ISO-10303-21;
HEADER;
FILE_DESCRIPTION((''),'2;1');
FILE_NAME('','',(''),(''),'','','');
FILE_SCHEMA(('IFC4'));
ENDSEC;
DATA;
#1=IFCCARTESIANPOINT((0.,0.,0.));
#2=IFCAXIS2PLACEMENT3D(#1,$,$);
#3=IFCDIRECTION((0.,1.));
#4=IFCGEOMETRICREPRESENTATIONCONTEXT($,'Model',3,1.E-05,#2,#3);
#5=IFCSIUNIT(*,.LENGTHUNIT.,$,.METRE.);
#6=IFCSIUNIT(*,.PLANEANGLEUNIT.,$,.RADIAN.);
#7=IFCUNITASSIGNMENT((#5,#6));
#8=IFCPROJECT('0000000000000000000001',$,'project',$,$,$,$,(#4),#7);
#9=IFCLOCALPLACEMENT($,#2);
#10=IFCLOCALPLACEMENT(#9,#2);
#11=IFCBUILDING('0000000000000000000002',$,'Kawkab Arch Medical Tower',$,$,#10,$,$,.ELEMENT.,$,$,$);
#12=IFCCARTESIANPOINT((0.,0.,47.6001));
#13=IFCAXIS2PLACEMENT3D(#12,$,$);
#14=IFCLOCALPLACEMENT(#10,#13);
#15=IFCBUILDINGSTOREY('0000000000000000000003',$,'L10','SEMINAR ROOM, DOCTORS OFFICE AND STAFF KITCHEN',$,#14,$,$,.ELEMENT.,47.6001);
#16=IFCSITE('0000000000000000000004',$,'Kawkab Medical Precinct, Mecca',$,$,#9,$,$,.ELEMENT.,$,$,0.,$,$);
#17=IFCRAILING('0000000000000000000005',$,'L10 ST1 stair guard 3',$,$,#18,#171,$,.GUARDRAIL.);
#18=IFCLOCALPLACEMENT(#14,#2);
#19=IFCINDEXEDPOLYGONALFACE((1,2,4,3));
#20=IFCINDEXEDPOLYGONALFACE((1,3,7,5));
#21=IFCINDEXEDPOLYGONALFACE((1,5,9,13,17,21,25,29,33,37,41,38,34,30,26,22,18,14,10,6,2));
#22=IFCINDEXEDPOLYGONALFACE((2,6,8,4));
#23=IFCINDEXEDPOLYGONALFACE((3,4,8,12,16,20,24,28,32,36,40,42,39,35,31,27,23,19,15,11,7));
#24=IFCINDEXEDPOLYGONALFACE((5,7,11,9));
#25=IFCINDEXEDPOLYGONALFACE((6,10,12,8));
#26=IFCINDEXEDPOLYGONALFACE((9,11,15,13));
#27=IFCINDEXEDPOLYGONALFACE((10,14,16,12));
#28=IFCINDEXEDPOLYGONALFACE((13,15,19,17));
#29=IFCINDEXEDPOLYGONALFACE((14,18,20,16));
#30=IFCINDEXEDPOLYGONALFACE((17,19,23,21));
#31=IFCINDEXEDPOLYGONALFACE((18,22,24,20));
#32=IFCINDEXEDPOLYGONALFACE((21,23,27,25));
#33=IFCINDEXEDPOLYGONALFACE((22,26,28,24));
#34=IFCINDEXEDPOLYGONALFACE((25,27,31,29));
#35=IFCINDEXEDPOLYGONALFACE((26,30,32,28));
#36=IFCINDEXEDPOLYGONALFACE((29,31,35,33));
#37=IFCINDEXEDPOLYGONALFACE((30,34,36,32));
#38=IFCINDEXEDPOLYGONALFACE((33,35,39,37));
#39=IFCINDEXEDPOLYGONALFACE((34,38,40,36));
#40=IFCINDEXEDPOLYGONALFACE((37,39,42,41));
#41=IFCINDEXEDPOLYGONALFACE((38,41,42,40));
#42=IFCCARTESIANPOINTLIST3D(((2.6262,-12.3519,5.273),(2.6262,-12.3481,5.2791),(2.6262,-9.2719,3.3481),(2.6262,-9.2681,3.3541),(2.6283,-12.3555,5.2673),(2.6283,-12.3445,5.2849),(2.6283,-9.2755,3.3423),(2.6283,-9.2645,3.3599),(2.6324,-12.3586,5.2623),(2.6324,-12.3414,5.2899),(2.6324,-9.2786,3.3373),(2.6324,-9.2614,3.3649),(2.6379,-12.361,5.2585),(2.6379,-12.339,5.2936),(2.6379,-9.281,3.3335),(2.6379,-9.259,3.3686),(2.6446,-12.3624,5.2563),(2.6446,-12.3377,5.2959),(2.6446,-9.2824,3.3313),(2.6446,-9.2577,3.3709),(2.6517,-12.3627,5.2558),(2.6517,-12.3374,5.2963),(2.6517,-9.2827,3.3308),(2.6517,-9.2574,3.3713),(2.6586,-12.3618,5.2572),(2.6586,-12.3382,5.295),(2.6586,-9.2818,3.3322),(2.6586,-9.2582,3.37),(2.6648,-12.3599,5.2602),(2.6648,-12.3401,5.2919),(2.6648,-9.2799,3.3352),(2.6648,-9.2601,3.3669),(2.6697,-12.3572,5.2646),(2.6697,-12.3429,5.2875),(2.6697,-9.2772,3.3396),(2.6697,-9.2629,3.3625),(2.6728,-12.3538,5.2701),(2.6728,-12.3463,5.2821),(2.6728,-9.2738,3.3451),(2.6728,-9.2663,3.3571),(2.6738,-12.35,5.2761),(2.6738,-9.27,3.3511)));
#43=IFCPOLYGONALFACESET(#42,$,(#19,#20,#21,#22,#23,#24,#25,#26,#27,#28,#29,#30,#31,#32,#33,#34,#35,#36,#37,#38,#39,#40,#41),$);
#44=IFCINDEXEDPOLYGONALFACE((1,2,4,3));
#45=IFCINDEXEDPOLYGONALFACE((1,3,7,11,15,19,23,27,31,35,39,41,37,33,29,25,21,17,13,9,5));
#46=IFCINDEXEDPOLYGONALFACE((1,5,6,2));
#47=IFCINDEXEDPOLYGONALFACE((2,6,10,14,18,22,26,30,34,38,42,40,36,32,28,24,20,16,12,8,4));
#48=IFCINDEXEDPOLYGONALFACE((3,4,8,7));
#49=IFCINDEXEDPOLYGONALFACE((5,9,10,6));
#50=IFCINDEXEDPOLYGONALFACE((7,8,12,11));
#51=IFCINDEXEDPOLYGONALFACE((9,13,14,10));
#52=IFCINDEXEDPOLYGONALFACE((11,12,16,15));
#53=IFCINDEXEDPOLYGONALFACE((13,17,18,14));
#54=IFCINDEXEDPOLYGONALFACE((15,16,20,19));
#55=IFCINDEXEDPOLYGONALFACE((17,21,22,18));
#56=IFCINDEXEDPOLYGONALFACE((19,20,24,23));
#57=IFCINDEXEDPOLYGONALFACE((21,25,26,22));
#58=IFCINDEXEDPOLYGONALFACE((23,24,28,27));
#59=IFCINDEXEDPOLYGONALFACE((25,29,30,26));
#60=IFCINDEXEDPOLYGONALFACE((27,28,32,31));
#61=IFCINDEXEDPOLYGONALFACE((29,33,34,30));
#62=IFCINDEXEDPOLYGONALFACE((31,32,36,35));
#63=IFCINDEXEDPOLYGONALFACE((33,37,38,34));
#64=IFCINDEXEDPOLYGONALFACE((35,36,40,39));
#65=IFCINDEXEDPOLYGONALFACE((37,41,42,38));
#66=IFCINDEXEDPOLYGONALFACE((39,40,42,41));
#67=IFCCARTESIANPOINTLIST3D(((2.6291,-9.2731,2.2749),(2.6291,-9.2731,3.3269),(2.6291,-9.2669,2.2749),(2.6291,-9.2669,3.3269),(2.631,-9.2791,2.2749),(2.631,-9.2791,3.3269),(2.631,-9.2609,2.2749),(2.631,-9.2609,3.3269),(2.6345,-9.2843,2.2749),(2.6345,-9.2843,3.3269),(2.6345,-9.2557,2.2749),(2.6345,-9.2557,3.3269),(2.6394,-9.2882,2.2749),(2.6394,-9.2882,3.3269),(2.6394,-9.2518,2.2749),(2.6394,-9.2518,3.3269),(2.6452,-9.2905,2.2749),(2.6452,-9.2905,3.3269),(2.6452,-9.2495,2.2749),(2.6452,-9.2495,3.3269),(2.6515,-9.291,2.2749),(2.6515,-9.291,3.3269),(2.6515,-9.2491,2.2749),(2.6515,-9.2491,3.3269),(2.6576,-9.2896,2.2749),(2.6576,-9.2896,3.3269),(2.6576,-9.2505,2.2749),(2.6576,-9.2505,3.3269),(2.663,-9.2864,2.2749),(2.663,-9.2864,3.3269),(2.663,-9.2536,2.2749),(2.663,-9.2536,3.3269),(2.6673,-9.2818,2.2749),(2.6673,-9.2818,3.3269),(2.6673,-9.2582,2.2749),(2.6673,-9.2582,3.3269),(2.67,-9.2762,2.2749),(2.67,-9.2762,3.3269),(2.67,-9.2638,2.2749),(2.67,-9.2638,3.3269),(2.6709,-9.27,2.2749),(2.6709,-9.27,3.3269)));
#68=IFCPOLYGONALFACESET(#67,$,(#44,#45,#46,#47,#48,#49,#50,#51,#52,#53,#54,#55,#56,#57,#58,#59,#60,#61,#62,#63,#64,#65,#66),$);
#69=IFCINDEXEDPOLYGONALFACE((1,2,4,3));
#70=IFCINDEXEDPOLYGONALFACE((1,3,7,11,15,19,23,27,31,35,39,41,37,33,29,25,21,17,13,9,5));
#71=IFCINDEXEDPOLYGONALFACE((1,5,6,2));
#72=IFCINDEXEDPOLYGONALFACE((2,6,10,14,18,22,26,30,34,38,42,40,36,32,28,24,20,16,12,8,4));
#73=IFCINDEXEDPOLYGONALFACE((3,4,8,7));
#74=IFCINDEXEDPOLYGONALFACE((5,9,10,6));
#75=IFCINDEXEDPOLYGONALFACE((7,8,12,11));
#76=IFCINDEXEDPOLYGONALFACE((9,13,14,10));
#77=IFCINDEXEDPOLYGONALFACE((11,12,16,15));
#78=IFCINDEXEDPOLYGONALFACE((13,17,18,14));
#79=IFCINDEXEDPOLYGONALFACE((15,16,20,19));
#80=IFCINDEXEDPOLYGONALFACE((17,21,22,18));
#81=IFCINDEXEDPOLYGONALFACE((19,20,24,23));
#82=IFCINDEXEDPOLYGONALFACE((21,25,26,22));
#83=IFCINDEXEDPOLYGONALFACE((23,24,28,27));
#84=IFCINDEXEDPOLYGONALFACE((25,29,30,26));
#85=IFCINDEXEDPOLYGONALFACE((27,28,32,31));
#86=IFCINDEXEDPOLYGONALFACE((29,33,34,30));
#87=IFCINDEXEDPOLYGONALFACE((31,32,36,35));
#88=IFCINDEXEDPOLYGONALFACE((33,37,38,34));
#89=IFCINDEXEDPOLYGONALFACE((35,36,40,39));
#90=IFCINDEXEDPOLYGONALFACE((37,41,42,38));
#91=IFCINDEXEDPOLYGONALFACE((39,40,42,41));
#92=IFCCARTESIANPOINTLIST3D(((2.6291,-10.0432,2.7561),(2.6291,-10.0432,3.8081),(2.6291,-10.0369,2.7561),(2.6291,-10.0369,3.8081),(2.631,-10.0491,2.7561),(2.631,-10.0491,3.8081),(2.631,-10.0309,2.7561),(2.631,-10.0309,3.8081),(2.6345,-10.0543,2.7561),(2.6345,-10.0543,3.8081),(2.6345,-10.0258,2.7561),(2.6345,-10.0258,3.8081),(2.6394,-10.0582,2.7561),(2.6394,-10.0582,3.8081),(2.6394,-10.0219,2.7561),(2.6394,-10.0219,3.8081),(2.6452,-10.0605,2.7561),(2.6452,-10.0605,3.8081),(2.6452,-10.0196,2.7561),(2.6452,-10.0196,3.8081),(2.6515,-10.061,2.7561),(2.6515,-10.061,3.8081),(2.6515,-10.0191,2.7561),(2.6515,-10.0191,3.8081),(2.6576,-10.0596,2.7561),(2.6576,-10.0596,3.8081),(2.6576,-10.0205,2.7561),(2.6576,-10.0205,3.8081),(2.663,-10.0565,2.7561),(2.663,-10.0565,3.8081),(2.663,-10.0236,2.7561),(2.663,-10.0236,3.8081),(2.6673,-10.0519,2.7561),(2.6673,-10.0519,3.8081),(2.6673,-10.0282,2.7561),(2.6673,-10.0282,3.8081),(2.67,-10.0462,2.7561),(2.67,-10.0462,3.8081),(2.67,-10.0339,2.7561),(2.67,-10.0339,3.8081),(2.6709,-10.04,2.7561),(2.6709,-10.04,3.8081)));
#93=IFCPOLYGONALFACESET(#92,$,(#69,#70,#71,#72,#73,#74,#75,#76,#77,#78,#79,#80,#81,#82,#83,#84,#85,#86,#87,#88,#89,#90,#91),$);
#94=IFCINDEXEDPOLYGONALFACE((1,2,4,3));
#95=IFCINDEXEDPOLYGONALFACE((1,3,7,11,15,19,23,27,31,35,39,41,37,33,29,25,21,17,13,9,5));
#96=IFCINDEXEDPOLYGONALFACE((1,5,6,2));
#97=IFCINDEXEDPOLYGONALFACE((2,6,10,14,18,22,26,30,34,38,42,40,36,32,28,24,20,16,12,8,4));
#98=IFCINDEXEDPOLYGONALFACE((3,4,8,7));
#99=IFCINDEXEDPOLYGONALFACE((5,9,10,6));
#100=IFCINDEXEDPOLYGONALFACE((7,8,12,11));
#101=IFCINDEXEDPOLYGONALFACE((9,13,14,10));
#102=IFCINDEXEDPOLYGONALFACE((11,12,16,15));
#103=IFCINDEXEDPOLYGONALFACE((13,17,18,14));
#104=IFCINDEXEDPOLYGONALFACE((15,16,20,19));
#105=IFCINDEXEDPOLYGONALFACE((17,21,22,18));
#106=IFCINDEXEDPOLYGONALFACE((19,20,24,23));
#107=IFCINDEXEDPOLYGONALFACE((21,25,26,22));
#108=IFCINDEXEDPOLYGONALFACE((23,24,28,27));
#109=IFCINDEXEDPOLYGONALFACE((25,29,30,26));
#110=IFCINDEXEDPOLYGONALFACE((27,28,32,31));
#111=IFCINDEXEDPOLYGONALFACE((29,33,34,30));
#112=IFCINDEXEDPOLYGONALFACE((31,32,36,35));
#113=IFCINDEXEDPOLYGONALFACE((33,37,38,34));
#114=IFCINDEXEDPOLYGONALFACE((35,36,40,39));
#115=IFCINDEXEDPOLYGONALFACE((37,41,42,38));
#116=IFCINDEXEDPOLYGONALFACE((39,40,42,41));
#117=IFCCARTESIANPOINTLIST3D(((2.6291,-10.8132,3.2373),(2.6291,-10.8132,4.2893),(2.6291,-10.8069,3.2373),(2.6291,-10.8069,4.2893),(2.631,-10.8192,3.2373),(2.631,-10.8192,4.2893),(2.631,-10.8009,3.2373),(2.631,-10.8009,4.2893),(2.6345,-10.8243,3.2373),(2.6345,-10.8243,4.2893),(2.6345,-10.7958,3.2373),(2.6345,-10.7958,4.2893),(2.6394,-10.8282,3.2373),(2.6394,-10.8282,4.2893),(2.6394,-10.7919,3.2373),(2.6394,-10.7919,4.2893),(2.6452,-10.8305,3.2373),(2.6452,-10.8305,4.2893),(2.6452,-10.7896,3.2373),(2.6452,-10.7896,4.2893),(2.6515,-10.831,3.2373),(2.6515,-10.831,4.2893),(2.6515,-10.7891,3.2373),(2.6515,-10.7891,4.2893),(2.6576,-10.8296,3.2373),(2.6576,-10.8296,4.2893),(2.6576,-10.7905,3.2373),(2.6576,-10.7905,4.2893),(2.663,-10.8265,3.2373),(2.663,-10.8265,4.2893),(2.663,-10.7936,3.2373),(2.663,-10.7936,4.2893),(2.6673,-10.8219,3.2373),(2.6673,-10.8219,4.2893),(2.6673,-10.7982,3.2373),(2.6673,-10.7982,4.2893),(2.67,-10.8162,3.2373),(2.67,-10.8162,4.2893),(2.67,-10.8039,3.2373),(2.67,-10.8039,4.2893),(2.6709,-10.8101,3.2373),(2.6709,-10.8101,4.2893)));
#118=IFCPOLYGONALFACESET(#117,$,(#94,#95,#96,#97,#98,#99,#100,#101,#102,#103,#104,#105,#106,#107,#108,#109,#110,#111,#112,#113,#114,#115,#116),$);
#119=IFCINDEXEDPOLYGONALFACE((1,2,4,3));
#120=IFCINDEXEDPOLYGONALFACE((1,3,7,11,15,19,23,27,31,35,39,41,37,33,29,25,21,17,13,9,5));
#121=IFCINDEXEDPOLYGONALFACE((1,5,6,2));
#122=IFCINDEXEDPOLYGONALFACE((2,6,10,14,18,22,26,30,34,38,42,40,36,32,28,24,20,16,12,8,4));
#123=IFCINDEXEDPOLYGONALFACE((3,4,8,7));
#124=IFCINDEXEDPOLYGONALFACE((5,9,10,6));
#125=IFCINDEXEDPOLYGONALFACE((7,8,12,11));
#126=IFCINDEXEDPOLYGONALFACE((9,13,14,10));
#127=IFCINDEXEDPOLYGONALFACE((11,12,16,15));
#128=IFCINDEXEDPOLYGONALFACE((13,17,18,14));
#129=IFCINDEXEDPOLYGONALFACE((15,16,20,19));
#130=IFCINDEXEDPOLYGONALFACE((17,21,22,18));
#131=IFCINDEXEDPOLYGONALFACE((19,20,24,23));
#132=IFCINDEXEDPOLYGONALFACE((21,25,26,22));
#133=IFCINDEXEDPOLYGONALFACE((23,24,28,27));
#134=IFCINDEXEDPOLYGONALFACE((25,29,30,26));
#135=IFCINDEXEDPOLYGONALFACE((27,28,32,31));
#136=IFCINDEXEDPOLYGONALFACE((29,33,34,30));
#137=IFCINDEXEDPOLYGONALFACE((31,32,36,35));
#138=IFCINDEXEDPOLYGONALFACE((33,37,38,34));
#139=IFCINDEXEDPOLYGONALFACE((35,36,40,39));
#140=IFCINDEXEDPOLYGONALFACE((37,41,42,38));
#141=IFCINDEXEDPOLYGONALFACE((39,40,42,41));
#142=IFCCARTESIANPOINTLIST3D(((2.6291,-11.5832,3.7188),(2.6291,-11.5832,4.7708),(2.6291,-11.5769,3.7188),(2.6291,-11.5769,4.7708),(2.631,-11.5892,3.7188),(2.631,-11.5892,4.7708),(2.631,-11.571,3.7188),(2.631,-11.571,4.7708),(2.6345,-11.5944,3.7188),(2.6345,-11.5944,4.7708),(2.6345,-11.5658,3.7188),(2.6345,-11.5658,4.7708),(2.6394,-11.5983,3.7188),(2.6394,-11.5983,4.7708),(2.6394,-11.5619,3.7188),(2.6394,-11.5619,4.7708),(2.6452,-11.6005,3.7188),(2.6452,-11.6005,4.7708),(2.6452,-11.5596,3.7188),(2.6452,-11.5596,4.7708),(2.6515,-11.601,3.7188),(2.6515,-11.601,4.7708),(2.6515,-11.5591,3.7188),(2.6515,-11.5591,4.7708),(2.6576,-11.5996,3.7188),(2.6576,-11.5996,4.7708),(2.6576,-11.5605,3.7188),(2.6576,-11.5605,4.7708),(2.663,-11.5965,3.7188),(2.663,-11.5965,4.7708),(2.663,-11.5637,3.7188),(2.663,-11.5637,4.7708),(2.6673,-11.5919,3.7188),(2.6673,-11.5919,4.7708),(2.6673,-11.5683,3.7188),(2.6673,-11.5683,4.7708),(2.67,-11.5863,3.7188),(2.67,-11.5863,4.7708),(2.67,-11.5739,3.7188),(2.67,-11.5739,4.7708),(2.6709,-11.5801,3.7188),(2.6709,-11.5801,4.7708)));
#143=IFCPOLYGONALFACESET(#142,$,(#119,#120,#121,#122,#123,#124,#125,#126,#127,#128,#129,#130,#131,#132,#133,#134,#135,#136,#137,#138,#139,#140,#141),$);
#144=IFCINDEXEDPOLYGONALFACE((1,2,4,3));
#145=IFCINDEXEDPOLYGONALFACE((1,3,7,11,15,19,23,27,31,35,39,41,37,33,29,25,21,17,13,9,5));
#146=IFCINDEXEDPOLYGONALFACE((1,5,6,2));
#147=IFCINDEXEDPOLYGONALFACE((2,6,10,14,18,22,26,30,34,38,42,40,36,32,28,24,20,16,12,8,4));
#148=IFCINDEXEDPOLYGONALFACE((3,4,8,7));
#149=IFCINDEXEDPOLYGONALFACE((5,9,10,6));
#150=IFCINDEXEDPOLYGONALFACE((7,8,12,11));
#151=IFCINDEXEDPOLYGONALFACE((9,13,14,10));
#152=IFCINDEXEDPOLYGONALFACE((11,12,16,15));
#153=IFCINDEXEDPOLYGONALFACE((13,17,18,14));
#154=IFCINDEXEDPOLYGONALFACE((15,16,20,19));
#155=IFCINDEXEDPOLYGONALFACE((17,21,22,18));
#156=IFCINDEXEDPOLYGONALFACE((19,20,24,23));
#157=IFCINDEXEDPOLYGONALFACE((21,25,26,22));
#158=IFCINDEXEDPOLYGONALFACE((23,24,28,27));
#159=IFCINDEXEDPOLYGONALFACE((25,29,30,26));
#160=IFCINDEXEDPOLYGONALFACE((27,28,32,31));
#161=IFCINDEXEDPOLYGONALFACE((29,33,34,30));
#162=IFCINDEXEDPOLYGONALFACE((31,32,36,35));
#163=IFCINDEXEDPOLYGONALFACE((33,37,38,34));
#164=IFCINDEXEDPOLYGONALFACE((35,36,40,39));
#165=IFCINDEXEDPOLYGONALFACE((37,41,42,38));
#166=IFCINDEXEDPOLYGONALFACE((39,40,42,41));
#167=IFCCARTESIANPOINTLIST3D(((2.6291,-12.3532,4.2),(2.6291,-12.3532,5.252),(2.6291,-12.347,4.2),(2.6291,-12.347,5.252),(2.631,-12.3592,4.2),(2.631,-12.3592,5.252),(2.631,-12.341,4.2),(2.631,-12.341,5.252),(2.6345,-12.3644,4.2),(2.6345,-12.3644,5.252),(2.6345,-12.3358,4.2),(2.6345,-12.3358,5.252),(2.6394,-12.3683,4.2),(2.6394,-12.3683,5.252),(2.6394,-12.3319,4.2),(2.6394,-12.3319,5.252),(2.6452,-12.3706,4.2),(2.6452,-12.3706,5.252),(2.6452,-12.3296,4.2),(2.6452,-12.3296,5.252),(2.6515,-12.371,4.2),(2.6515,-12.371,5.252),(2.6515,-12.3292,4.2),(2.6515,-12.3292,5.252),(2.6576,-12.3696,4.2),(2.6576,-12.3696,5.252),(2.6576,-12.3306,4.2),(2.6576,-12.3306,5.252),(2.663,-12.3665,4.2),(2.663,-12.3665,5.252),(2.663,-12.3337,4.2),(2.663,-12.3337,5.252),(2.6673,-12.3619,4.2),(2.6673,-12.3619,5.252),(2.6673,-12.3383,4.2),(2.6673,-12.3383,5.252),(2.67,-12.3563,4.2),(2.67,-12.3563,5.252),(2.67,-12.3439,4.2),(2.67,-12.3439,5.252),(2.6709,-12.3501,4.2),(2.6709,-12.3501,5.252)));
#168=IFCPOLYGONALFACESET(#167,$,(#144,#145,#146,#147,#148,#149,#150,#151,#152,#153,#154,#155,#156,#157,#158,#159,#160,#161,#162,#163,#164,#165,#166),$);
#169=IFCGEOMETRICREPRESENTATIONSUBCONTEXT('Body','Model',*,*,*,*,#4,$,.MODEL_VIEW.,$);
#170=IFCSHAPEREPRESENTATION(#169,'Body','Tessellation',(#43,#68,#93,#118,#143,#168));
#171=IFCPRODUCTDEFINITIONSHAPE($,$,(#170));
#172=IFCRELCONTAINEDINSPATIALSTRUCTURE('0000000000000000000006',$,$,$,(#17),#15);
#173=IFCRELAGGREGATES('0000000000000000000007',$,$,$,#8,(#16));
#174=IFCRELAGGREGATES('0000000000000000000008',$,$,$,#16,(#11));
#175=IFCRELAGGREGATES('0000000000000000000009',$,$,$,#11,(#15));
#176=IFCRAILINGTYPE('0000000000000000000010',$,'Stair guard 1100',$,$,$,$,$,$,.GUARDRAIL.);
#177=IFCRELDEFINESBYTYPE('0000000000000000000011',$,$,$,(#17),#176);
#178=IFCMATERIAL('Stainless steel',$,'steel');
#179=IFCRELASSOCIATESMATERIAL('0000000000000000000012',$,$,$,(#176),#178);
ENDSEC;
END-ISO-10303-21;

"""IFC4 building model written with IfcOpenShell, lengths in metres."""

from ifc_helpers import new_model, si_unit, direction, frame, origin, origin_2d, place, context, subcontext, project, spatial, circle, extrude, material, type_object, element, save


model = new_model("IFC4")

# Units and contexts
model_context = context("Model", 3, precision=1e-05, world=origin(), true_north=direction((0.0, 1.0)))
body_context = subcontext(model_context, "Body", "Model", "MODEL_VIEW")
ifc_project = project(units=[si_unit("LENGTHUNIT", "METRE"), si_unit("PLANEANGLEUNIT", "RADIAN")], contexts=[model_context])

# Site, building, storey
site_placement = place(None, origin())
site = spatial("IfcSite", under=ifc_project, at=site_placement, Name="Kawkab Medical Precinct, Mecca", CompositionType="ELEMENT", RefElevation=0.0)
building_placement = place(site_placement, origin())
building = spatial("IfcBuilding", under=site, at=building_placement, Name="Kawkab Arch Medical Tower", CompositionType="ELEMENT")
storey_placement = place(building_placement, frame((0.0, 0.0, 47.6001)))
storey = spatial("IfcBuildingStorey", under=building, at=storey_placement, Name="L10", Description="SEMINAR ROOM, DOCTORS OFFICE AND STAFF KITCHEN", CompositionType="ELEMENT", Elevation=47.6001)

# Railing
ifc_material_1 = material(Name="Stainless steel", Category="steel")
railing_type_1 = type_object("IfcRailingType", Name="Stair guard 1100", PredefinedType="GUARDRAIL", material=ifc_material_1)
railing_1_placement = place(storey_placement, frame((2.6499, -9.27, 2.2749)))
element("IfcRailing", 1, at=railing_1_placement, inside=storey, type_object=railing_type_1, Name="L10 ST1 stair guard 3", PredefinedType="GUARDRAIL", context=body_context, shape_type="SweptSolid", body=[
    extrude(circle(Radius=0.0239, at=origin_2d()), frame((0.0, 0.0, 1.0762), z_axis=(0.0, -0.847998, 0.529999), x_axis=(1.0, 0.0, 0.0)), (0.0, 0.0, 1.0), 3.6321),
    extrude(circle(Radius=0.021, at=origin_2d()), origin(), (0.0, 0.0, 1.0), 1.052),
    extrude(circle(Radius=0.021, at=origin_2d()), frame((0.0, -0.77, 0.4812)), (0.0, 0.0, 1.0), 1.052),
    extrude(circle(Radius=0.021, at=origin_2d()), frame((0.0, -1.54, 0.9624)), (0.0, 0.0, 1.0), 1.052),
    extrude(circle(Radius=0.021, at=origin_2d()), frame((0.0, -2.3101, 1.4438)), (0.0, 0.0, 1.0), 1.052),
    extrude(circle(Radius=0.021, at=origin_2d()), frame((0.0, -3.0801, 1.925)), (0.0, 0.0, 1.0), 1.052),
])

save(model, "model.ifc")
